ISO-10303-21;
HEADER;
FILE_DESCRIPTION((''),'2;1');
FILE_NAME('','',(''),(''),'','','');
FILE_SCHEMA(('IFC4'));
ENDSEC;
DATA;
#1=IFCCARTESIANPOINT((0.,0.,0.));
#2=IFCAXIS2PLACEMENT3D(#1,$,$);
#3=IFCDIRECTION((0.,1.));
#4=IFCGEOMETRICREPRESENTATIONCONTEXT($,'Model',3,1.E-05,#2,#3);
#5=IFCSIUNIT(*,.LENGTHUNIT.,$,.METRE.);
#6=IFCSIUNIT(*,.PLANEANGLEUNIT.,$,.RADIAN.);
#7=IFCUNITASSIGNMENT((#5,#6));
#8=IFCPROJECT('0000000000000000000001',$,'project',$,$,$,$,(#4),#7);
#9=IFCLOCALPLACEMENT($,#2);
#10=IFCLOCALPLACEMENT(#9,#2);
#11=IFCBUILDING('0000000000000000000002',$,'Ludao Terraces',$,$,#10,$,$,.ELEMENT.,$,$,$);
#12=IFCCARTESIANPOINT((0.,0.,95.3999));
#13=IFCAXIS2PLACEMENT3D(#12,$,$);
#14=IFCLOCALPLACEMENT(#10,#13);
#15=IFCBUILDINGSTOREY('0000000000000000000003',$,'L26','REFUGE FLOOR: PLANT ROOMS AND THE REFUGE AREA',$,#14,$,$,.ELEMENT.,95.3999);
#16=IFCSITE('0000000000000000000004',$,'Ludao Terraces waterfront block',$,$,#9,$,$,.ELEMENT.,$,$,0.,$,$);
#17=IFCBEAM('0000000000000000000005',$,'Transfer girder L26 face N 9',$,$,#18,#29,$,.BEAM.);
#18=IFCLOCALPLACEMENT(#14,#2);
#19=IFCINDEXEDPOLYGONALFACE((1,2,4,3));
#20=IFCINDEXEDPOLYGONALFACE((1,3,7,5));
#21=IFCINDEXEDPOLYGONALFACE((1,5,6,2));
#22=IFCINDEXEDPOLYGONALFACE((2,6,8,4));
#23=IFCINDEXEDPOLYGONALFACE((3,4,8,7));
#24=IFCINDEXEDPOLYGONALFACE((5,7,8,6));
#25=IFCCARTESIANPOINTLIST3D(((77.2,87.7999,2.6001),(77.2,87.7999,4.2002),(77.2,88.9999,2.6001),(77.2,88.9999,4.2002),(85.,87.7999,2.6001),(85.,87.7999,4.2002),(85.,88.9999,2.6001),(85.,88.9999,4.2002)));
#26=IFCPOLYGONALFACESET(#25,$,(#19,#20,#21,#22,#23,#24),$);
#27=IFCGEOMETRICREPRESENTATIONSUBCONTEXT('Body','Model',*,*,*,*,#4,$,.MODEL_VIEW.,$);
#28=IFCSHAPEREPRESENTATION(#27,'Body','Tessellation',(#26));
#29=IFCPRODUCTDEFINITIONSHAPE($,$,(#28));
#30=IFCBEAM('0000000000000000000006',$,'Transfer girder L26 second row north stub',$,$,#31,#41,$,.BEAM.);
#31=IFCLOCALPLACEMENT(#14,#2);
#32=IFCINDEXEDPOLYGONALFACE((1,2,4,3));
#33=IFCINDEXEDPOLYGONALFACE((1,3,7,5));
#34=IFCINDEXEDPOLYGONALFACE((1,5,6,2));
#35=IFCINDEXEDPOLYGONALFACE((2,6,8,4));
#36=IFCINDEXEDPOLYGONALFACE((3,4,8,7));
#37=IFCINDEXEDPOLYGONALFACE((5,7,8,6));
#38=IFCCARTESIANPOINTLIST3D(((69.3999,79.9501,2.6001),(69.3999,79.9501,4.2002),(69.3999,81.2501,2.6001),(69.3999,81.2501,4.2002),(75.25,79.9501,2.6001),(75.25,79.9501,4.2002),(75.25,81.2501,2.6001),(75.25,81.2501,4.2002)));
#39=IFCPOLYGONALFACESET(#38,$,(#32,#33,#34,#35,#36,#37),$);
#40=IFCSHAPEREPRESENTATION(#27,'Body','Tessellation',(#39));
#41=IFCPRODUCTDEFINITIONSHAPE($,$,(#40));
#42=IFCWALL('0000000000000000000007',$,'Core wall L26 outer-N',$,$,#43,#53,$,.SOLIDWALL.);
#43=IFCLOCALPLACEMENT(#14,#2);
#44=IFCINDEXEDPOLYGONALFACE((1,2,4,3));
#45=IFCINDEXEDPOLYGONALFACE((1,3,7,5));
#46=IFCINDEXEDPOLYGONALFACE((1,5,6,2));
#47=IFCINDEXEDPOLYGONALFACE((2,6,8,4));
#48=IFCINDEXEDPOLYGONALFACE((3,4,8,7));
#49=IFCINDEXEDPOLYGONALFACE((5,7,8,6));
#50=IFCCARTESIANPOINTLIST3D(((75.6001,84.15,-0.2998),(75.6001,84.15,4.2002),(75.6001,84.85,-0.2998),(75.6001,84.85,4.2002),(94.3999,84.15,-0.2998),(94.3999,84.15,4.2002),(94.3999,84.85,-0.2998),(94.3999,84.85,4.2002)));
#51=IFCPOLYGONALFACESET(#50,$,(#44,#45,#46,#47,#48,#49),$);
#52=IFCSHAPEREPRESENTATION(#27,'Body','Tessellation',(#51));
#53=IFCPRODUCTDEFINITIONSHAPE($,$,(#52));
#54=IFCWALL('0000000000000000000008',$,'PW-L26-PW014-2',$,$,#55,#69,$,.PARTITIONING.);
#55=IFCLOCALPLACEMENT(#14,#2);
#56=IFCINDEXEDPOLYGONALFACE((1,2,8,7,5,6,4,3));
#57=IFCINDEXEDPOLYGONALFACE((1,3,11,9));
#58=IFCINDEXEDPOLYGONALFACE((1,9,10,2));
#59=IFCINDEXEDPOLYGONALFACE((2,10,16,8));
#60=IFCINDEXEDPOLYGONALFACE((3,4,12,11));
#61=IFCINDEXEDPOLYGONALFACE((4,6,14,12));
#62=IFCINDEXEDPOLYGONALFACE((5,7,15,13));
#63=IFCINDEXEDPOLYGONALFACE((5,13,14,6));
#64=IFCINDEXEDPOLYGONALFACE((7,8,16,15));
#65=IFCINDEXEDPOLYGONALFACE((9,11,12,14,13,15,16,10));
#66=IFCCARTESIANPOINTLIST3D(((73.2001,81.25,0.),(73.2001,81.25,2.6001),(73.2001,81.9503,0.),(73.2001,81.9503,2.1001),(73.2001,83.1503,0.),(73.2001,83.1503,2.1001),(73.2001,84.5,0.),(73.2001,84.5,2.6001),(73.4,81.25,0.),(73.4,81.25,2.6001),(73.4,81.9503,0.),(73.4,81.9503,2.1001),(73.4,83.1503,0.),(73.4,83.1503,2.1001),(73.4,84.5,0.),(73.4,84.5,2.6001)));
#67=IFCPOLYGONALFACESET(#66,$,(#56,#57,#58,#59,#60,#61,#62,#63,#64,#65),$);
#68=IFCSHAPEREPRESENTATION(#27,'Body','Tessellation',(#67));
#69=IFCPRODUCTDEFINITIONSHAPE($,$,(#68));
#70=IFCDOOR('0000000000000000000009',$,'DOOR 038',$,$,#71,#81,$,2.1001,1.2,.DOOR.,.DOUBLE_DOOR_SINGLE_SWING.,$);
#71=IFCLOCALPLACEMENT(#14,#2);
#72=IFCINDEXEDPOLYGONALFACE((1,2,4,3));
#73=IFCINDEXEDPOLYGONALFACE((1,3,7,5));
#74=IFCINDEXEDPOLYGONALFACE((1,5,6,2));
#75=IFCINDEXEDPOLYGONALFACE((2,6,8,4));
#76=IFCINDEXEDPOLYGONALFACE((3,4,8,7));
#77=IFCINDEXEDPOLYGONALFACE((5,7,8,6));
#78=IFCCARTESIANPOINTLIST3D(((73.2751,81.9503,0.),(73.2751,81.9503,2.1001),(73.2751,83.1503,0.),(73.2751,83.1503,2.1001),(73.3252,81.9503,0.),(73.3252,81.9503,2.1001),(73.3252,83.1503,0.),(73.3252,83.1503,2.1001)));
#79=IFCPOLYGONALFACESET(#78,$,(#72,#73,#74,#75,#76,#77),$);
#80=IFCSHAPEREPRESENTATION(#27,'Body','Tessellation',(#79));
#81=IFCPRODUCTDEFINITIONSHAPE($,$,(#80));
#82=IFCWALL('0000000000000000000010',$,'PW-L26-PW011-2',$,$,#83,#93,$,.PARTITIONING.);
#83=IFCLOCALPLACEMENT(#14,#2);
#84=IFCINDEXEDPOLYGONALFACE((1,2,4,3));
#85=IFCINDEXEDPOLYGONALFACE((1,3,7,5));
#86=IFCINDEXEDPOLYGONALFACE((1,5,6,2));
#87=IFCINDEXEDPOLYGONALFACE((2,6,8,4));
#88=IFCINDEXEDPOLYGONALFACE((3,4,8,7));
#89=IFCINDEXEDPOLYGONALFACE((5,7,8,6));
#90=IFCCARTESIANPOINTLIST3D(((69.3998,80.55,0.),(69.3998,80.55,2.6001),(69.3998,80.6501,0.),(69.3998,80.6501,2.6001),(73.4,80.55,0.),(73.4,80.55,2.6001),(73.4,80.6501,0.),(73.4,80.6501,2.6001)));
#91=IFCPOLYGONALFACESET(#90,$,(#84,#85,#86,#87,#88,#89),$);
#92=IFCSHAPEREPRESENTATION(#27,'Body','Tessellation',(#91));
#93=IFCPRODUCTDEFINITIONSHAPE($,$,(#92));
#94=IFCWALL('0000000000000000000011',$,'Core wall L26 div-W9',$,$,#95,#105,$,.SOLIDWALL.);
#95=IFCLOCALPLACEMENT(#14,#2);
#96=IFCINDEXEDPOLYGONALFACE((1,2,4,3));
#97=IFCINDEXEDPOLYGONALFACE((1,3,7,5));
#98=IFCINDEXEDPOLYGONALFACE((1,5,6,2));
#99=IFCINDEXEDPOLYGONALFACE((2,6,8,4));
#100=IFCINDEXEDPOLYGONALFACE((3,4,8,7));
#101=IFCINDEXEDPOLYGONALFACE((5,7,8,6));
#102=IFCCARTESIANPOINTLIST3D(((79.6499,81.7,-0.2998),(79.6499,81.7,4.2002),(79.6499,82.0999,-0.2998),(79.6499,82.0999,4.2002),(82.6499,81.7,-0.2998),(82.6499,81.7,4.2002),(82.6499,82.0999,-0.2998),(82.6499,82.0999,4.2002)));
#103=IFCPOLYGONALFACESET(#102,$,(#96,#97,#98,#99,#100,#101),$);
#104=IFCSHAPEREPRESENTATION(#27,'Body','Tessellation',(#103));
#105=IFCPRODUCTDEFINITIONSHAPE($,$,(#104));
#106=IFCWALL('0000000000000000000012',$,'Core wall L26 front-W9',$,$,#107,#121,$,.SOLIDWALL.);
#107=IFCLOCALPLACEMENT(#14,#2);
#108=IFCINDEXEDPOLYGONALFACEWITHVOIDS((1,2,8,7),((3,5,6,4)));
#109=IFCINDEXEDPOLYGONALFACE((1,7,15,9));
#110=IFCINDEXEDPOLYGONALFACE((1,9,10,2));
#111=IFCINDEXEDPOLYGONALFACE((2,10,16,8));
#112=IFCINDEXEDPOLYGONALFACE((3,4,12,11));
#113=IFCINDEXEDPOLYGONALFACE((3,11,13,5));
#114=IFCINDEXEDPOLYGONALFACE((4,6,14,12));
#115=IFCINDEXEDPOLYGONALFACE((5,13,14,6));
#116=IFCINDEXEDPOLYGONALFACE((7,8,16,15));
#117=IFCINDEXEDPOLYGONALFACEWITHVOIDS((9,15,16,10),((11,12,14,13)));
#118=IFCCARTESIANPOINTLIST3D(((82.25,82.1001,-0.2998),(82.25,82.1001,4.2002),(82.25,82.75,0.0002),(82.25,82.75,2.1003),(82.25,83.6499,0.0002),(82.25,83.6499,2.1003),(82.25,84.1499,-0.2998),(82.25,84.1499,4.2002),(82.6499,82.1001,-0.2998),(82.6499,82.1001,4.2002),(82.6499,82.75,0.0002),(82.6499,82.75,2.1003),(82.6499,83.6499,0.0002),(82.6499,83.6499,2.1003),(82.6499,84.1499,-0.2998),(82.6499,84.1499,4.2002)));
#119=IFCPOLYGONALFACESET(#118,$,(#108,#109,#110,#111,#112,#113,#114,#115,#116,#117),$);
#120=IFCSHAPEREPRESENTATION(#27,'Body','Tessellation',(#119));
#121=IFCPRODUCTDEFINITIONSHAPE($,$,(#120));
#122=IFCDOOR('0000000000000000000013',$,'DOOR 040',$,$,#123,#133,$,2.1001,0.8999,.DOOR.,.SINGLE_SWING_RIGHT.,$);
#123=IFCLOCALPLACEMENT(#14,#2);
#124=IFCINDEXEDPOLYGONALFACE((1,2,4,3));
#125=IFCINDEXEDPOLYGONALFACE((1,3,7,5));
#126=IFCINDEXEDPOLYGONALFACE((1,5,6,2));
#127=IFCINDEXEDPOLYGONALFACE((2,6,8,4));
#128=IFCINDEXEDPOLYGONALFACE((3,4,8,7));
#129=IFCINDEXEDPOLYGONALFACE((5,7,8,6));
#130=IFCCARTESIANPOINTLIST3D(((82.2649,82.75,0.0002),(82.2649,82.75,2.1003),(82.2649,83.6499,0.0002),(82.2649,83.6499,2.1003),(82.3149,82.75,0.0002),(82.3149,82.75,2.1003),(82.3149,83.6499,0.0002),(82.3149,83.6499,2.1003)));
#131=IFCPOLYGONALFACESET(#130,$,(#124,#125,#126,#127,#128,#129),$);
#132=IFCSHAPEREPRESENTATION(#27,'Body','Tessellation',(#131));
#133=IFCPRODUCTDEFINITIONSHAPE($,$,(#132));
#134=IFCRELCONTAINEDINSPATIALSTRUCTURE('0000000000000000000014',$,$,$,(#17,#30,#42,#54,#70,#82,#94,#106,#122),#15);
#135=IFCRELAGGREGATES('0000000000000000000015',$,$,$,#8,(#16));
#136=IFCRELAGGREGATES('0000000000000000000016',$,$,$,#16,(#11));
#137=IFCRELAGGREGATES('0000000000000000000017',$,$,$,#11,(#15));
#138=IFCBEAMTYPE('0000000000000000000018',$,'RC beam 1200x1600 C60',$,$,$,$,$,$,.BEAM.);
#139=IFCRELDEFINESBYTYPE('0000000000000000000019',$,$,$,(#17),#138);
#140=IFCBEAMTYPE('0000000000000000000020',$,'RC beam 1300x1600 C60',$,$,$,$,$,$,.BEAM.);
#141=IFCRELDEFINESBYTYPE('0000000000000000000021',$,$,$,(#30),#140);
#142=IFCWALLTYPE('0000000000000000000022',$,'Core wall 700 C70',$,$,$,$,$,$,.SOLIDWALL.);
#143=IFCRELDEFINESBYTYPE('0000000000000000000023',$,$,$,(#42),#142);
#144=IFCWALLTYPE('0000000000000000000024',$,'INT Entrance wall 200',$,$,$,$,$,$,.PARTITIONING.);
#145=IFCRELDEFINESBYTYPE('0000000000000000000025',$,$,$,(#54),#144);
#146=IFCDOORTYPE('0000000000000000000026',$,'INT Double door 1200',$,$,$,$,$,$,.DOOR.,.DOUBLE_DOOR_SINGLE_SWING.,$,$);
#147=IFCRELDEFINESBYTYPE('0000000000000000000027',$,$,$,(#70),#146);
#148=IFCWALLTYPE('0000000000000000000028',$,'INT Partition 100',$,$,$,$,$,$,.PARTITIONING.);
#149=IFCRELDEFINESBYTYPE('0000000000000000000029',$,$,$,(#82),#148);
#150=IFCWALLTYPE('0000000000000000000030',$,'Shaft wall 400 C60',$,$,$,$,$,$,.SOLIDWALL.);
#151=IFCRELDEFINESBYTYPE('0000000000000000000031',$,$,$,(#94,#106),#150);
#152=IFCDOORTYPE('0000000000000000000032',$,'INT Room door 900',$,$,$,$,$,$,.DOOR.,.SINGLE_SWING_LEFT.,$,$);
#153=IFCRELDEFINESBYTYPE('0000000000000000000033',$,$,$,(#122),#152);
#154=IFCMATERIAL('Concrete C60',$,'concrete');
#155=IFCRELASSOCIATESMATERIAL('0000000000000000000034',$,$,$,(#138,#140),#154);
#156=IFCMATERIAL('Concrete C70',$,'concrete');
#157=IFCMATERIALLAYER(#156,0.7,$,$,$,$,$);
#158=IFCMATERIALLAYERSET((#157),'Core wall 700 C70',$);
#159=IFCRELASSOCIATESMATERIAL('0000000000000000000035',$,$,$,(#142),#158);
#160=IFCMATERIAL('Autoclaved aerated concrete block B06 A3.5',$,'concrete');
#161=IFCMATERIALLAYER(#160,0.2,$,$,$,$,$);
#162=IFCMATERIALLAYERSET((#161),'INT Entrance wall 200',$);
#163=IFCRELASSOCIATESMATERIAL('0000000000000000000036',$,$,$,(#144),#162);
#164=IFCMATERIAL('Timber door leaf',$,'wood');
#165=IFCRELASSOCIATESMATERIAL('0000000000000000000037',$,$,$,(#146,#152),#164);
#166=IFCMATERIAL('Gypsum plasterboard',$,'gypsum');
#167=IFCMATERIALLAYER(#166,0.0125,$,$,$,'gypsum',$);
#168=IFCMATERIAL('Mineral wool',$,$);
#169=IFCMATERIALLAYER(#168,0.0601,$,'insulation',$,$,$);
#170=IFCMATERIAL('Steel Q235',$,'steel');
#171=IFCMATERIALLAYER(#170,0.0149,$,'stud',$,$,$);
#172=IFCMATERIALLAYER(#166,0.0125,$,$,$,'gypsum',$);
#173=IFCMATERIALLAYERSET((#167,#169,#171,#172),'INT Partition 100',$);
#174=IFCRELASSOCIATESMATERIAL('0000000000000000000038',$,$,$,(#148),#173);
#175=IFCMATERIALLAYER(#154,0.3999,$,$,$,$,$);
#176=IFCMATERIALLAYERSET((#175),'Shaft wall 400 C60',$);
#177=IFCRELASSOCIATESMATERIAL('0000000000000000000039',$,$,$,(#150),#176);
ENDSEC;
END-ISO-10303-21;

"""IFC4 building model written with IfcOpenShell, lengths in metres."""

from ifc_helpers import new_model, si_unit, direction, frame, frame_2d, origin, origin_2d, place, context, subcontext, project, spatial, rectangle, extrude, material, layer, layer_set, material_profile, profile_set, type_object, element, fill, save


model = new_model("IFC4")

# Units and contexts
model_context = context("Model", 3, precision=1e-05, world=origin(), true_north=direction((0.0, 1.0)))
body_context = subcontext(model_context, "Body", "Model", "MODEL_VIEW")
ifc_project = project(units=[si_unit("LENGTHUNIT", "METRE"), si_unit("PLANEANGLEUNIT", "RADIAN")], contexts=[model_context])

# Site, building, storey
site_placement = place(None, origin())
site = spatial("IfcSite", under=ifc_project, at=site_placement, Name="Ludao Terraces waterfront block", CompositionType="ELEMENT", RefElevation=0.0)
building_placement = place(site_placement, origin())
building = spatial("IfcBuilding", under=site, at=building_placement, Name="Ludao Terraces", CompositionType="ELEMENT")
storey_placement = place(building_placement, frame((0.0, 0.0, 95.3999)))
storey = spatial("IfcBuildingStorey", under=building, at=storey_placement, Name="L26", Description="REFUGE FLOOR: PLANT ROOMS AND THE REFUGE AREA", CompositionType="ELEMENT", Elevation=95.3999)

# Beams
ifc_material_1 = material(Name="Concrete C60", Category="concrete")
ifc_material_profile_1 = material_profile(ifc_material_1, rectangle(XDim=1.2, YDim=1.6001, at=origin_2d()), Name="1200 X 1600")
ifc_profile_set_1 = profile_set([ifc_material_profile_1], Name="Concrete C60")
beam_type_1 = type_object("IfcBeamType", Name="RC beam 1200x1600 C60", PredefinedType="BEAM", material=ifc_profile_set_1)
for number, where, z_axis, x_axis, name in (
    (1, (77.2, 88.3999, 3.4001), (1.0, 0.0, 0.0), (0.0, 1.0, 0.0), "Transfer girder L26 face N 9"),
):
    element("IfcBeam", number, at=place(storey_placement, frame(where, z_axis=z_axis, x_axis=x_axis)), inside=storey, type_object=beam_type_1, Name=name, PredefinedType="BEAM", context=body_context, shape_type="SweptSolid", body=[
        extrude(rectangle(XDim=1.2, YDim=1.6001, at=origin_2d()), origin(), (0.0, 0.0, 1.0), 7.8),
    ])
ifc_material_profile_2 = material_profile(ifc_material_1, rectangle(XDim=1.3, YDim=1.6001, at=origin_2d()), Name="1300 X 1600")
ifc_profile_set_2 = profile_set([ifc_material_profile_2], Name="Concrete C60")
beam_type_2 = type_object("IfcBeamType", Name="RC beam 1300x1600 C60", PredefinedType="BEAM", material=ifc_profile_set_2)
beam_1_placement = place(storey_placement, frame((69.3999, 80.6001, 3.4001), z_axis=(1.0, 0.0, 0.0), x_axis=(0.0, 1.0, 0.0)))
element("IfcBeam", 2, at=beam_1_placement, inside=storey, type_object=beam_type_2, Name="Transfer girder L26 second row north stub", PredefinedType="BEAM", context=body_context, shape_type="SweptSolid", body=[
    extrude(rectangle(XDim=1.3, YDim=1.6001, at=origin_2d()), origin(), (0.0, 0.0, 1.0), 5.8501),
])

# Wall
ifc_material_2 = material(Name="Concrete C70", Category="concrete")
ifc_layer_1 = layer(ifc_material_2, 0.7)
ifc_layer_set_1 = layer_set([ifc_layer_1], Name="Core wall 700 C70")
wall_type_1 = type_object("IfcWallType", Name="Core wall 700 C70", PredefinedType="SOLIDWALL", material=ifc_layer_set_1)
wall_1_placement = place(storey_placement, frame((75.6001, 84.5, -0.2998), z_axis=(0.0, 0.0, 1.0), x_axis=(1.0, 0.0, 0.0)))
element("IfcWall", 3, at=wall_1_placement, inside=storey, type_object=wall_type_1, Name="Core wall L26 outer-N", PredefinedType="SOLIDWALL", context=body_context, shape_type="SweptSolid", body=[
    extrude(rectangle(XDim=18.7998, YDim=0.7, at=frame_2d((9.3999, 0.0))), origin(), (0.0, 0.0, 1.0), 4.5),
])

# Wall, opening, door
ifc_material_3 = material(Name="Autoclaved aerated concrete block B06 A3.5", Category="concrete")
ifc_layer_2 = layer(ifc_material_3, 0.2)
ifc_layer_set_2 = layer_set([ifc_layer_2], Name="INT Entrance wall 200")
wall_type_2 = type_object("IfcWallType", Name="INT Entrance wall 200", PredefinedType="PARTITIONING", material=ifc_layer_set_2)
wall_2_placement = place(storey_placement, frame((73.3, 81.25, 0.0), z_axis=(0.0, 0.0, 1.0), x_axis=(0.0, 1.0, 0.0)))
wall_2 = element("IfcWall", 4, at=wall_2_placement, inside=storey, type_object=wall_type_2, Name="PW-L26-PW014-2", PredefinedType="PARTITIONING", context=body_context, shape_type="SweptSolid", body=[
    extrude(rectangle(XDim=3.25, YDim=0.2, at=frame_2d((1.625, 0.0))), origin(), (0.0, 0.0, 1.0), 2.6001),
])
opening_1_placement = place(wall_2_placement, frame((0.7002, 0.0, 0.0)))
opening_1 = element("IfcOpeningElement", 5, at=opening_1_placement, cuts=wall_2, PredefinedType="OPENING", context=body_context, shape_type="SweptSolid", body=[
    extrude(rectangle(XDim=1.2, YDim=2.1001, at=frame_2d((0.6001, 1.05))), frame((0.0, 0.1099, 0.0), z_axis=(0.0, -1.0, 0.0), x_axis=(1.0, 0.0, 0.0)), (0.0, 0.0, 1.0), 0.22),
])
ifc_material_4 = material(Name="Timber door leaf", Category="wood")
door_type_1 = type_object("IfcDoorType", Name="INT Double door 1200", OperationType="DOUBLE_DOOR_SINGLE_SWING", PredefinedType="DOOR", material=ifc_material_4)
door_1_placement = place(opening_1_placement, origin())
door_1 = element("IfcDoor", 6, at=door_1_placement, inside=storey, type_object=door_type_1, Name="DOOR 038", OperationType="DOUBLE_DOOR_SINGLE_SWING", OverallHeight=2.1001, OverallWidth=1.2, PredefinedType="DOOR", context=body_context, shape_type="SweptSolid", body=[
    extrude(rectangle(XDim=1.2, YDim=2.1001, at=frame_2d((0.6001, 1.05))), frame((0.0, 0.0249, 0.0), z_axis=(0.0, -1.0, 0.0), x_axis=(1.0, 0.0, 0.0)), (0.0, 0.0, 1.0), 0.05),
])
fill(opening_1, door_1)

# Walls
ifc_material_5 = material(Name="Gypsum plasterboard", Category="gypsum")
ifc_layer_3 = layer(ifc_material_5, 0.0125, Category="gypsum")
ifc_material_6 = material(Name="Mineral wool")
ifc_layer_4 = layer(ifc_material_6, 0.0601, Name="insulation")
ifc_material_7 = material(Name="Steel Q235", Category="steel")
ifc_layer_5 = layer(ifc_material_7, 0.0149, Name="stud")
ifc_layer_6 = layer(ifc_material_5, 0.0125, Category="gypsum")
ifc_layer_set_3 = layer_set([ifc_layer_3, ifc_layer_4, ifc_layer_5, ifc_layer_6], Name="INT Partition 100")
wall_type_3 = type_object("IfcWallType", Name="INT Partition 100", PredefinedType="PARTITIONING", material=ifc_layer_set_3)
wall_3_placement = place(storey_placement, frame((69.3999, 80.6001, 0.0), z_axis=(0.0, 0.0, 1.0), x_axis=(1.0, 0.0, 0.0)))
element("IfcWall", 7, at=wall_3_placement, inside=storey, type_object=wall_type_3, Name="PW-L26-PW011-2", PredefinedType="PARTITIONING", context=body_context, shape_type="SweptSolid", body=[
    extrude(rectangle(XDim=4.0002, YDim=0.1001, at=frame_2d((2.0, 0.0))), origin(), (0.0, 0.0, 1.0), 2.6001),
])
ifc_layer_7 = layer(ifc_material_1, 0.3999)
ifc_layer_set_4 = layer_set([ifc_layer_7], Name="Shaft wall 400 C60")
wall_type_4 = type_object("IfcWallType", Name="Shaft wall 400 C60", PredefinedType="SOLIDWALL", material=ifc_layer_set_4)
wall_4_placement = place(storey_placement, frame((79.6499, 81.8999, -0.2998), z_axis=(0.0, 0.0, 1.0), x_axis=(1.0, 0.0, 0.0)))
element("IfcWall", 8, at=wall_4_placement, inside=storey, type_object=wall_type_4, Name="Core wall L26 div-W9", PredefinedType="SOLIDWALL", context=body_context, shape_type="SweptSolid", body=[
    extrude(rectangle(XDim=3.0, YDim=0.3999, at=frame_2d((1.5, 0.0))), origin(), (0.0, 0.0, 1.0), 4.5),
])

# Wall, opening, door
wall_5_placement = place(storey_placement, frame((82.45, 82.1001, -0.2998), z_axis=(0.0, 0.0, 1.0), x_axis=(0.0, 1.0, 0.0)))
wall_5 = element("IfcWall", 9, at=wall_5_placement, inside=storey, type_object=wall_type_4, Name="Core wall L26 front-W9", PredefinedType="SOLIDWALL", context=body_context, shape_type="SweptSolid", body=[
    extrude(rectangle(XDim=2.0498, YDim=0.3999, at=frame_2d((1.0249, 0.0))), origin(), (0.0, 0.0, 1.0), 4.5),
])
opening_2_placement = place(wall_5_placement, frame((0.6499, 0.0, 0.3)))
opening_2 = element("IfcOpeningElement", 10, at=opening_2_placement, cuts=wall_5, PredefinedType="OPENING", context=body_context, shape_type="SweptSolid", body=[
    extrude(rectangle(XDim=0.8999, YDim=2.1001, at=frame_2d((0.45, 1.05))), frame((0.0, 0.21, 0.0), z_axis=(0.0, -1.0, 0.0), x_axis=(1.0, 0.0, 0.0)), (0.0, 0.0, 1.0), 0.4199),
])
door_type_2 = type_object("IfcDoorType", Name="INT Room door 900", OperationType="SINGLE_SWING_LEFT", PredefinedType="DOOR", material=ifc_material_4)
door_2_placement = place(opening_2_placement, origin())
door_2 = element("IfcDoor", 11, at=door_2_placement, inside=storey, type_object=door_type_2, Name="DOOR 040", OperationType="SINGLE_SWING_RIGHT", OverallHeight=2.1001, OverallWidth=0.8999, PredefinedType="DOOR", context=body_context, shape_type="SweptSolid", body=[
    extrude(rectangle(XDim=0.8999, YDim=2.1001, at=frame_2d((0.45, 1.05))), frame((0.0, 0.1851, 0.0), z_axis=(0.0, -1.0, 0.0), x_axis=(1.0, 0.0, 0.0)), (0.0, 0.0, 1.0), 0.05),
])
fill(opening_2, door_2)

save(model, "model.ifc")
